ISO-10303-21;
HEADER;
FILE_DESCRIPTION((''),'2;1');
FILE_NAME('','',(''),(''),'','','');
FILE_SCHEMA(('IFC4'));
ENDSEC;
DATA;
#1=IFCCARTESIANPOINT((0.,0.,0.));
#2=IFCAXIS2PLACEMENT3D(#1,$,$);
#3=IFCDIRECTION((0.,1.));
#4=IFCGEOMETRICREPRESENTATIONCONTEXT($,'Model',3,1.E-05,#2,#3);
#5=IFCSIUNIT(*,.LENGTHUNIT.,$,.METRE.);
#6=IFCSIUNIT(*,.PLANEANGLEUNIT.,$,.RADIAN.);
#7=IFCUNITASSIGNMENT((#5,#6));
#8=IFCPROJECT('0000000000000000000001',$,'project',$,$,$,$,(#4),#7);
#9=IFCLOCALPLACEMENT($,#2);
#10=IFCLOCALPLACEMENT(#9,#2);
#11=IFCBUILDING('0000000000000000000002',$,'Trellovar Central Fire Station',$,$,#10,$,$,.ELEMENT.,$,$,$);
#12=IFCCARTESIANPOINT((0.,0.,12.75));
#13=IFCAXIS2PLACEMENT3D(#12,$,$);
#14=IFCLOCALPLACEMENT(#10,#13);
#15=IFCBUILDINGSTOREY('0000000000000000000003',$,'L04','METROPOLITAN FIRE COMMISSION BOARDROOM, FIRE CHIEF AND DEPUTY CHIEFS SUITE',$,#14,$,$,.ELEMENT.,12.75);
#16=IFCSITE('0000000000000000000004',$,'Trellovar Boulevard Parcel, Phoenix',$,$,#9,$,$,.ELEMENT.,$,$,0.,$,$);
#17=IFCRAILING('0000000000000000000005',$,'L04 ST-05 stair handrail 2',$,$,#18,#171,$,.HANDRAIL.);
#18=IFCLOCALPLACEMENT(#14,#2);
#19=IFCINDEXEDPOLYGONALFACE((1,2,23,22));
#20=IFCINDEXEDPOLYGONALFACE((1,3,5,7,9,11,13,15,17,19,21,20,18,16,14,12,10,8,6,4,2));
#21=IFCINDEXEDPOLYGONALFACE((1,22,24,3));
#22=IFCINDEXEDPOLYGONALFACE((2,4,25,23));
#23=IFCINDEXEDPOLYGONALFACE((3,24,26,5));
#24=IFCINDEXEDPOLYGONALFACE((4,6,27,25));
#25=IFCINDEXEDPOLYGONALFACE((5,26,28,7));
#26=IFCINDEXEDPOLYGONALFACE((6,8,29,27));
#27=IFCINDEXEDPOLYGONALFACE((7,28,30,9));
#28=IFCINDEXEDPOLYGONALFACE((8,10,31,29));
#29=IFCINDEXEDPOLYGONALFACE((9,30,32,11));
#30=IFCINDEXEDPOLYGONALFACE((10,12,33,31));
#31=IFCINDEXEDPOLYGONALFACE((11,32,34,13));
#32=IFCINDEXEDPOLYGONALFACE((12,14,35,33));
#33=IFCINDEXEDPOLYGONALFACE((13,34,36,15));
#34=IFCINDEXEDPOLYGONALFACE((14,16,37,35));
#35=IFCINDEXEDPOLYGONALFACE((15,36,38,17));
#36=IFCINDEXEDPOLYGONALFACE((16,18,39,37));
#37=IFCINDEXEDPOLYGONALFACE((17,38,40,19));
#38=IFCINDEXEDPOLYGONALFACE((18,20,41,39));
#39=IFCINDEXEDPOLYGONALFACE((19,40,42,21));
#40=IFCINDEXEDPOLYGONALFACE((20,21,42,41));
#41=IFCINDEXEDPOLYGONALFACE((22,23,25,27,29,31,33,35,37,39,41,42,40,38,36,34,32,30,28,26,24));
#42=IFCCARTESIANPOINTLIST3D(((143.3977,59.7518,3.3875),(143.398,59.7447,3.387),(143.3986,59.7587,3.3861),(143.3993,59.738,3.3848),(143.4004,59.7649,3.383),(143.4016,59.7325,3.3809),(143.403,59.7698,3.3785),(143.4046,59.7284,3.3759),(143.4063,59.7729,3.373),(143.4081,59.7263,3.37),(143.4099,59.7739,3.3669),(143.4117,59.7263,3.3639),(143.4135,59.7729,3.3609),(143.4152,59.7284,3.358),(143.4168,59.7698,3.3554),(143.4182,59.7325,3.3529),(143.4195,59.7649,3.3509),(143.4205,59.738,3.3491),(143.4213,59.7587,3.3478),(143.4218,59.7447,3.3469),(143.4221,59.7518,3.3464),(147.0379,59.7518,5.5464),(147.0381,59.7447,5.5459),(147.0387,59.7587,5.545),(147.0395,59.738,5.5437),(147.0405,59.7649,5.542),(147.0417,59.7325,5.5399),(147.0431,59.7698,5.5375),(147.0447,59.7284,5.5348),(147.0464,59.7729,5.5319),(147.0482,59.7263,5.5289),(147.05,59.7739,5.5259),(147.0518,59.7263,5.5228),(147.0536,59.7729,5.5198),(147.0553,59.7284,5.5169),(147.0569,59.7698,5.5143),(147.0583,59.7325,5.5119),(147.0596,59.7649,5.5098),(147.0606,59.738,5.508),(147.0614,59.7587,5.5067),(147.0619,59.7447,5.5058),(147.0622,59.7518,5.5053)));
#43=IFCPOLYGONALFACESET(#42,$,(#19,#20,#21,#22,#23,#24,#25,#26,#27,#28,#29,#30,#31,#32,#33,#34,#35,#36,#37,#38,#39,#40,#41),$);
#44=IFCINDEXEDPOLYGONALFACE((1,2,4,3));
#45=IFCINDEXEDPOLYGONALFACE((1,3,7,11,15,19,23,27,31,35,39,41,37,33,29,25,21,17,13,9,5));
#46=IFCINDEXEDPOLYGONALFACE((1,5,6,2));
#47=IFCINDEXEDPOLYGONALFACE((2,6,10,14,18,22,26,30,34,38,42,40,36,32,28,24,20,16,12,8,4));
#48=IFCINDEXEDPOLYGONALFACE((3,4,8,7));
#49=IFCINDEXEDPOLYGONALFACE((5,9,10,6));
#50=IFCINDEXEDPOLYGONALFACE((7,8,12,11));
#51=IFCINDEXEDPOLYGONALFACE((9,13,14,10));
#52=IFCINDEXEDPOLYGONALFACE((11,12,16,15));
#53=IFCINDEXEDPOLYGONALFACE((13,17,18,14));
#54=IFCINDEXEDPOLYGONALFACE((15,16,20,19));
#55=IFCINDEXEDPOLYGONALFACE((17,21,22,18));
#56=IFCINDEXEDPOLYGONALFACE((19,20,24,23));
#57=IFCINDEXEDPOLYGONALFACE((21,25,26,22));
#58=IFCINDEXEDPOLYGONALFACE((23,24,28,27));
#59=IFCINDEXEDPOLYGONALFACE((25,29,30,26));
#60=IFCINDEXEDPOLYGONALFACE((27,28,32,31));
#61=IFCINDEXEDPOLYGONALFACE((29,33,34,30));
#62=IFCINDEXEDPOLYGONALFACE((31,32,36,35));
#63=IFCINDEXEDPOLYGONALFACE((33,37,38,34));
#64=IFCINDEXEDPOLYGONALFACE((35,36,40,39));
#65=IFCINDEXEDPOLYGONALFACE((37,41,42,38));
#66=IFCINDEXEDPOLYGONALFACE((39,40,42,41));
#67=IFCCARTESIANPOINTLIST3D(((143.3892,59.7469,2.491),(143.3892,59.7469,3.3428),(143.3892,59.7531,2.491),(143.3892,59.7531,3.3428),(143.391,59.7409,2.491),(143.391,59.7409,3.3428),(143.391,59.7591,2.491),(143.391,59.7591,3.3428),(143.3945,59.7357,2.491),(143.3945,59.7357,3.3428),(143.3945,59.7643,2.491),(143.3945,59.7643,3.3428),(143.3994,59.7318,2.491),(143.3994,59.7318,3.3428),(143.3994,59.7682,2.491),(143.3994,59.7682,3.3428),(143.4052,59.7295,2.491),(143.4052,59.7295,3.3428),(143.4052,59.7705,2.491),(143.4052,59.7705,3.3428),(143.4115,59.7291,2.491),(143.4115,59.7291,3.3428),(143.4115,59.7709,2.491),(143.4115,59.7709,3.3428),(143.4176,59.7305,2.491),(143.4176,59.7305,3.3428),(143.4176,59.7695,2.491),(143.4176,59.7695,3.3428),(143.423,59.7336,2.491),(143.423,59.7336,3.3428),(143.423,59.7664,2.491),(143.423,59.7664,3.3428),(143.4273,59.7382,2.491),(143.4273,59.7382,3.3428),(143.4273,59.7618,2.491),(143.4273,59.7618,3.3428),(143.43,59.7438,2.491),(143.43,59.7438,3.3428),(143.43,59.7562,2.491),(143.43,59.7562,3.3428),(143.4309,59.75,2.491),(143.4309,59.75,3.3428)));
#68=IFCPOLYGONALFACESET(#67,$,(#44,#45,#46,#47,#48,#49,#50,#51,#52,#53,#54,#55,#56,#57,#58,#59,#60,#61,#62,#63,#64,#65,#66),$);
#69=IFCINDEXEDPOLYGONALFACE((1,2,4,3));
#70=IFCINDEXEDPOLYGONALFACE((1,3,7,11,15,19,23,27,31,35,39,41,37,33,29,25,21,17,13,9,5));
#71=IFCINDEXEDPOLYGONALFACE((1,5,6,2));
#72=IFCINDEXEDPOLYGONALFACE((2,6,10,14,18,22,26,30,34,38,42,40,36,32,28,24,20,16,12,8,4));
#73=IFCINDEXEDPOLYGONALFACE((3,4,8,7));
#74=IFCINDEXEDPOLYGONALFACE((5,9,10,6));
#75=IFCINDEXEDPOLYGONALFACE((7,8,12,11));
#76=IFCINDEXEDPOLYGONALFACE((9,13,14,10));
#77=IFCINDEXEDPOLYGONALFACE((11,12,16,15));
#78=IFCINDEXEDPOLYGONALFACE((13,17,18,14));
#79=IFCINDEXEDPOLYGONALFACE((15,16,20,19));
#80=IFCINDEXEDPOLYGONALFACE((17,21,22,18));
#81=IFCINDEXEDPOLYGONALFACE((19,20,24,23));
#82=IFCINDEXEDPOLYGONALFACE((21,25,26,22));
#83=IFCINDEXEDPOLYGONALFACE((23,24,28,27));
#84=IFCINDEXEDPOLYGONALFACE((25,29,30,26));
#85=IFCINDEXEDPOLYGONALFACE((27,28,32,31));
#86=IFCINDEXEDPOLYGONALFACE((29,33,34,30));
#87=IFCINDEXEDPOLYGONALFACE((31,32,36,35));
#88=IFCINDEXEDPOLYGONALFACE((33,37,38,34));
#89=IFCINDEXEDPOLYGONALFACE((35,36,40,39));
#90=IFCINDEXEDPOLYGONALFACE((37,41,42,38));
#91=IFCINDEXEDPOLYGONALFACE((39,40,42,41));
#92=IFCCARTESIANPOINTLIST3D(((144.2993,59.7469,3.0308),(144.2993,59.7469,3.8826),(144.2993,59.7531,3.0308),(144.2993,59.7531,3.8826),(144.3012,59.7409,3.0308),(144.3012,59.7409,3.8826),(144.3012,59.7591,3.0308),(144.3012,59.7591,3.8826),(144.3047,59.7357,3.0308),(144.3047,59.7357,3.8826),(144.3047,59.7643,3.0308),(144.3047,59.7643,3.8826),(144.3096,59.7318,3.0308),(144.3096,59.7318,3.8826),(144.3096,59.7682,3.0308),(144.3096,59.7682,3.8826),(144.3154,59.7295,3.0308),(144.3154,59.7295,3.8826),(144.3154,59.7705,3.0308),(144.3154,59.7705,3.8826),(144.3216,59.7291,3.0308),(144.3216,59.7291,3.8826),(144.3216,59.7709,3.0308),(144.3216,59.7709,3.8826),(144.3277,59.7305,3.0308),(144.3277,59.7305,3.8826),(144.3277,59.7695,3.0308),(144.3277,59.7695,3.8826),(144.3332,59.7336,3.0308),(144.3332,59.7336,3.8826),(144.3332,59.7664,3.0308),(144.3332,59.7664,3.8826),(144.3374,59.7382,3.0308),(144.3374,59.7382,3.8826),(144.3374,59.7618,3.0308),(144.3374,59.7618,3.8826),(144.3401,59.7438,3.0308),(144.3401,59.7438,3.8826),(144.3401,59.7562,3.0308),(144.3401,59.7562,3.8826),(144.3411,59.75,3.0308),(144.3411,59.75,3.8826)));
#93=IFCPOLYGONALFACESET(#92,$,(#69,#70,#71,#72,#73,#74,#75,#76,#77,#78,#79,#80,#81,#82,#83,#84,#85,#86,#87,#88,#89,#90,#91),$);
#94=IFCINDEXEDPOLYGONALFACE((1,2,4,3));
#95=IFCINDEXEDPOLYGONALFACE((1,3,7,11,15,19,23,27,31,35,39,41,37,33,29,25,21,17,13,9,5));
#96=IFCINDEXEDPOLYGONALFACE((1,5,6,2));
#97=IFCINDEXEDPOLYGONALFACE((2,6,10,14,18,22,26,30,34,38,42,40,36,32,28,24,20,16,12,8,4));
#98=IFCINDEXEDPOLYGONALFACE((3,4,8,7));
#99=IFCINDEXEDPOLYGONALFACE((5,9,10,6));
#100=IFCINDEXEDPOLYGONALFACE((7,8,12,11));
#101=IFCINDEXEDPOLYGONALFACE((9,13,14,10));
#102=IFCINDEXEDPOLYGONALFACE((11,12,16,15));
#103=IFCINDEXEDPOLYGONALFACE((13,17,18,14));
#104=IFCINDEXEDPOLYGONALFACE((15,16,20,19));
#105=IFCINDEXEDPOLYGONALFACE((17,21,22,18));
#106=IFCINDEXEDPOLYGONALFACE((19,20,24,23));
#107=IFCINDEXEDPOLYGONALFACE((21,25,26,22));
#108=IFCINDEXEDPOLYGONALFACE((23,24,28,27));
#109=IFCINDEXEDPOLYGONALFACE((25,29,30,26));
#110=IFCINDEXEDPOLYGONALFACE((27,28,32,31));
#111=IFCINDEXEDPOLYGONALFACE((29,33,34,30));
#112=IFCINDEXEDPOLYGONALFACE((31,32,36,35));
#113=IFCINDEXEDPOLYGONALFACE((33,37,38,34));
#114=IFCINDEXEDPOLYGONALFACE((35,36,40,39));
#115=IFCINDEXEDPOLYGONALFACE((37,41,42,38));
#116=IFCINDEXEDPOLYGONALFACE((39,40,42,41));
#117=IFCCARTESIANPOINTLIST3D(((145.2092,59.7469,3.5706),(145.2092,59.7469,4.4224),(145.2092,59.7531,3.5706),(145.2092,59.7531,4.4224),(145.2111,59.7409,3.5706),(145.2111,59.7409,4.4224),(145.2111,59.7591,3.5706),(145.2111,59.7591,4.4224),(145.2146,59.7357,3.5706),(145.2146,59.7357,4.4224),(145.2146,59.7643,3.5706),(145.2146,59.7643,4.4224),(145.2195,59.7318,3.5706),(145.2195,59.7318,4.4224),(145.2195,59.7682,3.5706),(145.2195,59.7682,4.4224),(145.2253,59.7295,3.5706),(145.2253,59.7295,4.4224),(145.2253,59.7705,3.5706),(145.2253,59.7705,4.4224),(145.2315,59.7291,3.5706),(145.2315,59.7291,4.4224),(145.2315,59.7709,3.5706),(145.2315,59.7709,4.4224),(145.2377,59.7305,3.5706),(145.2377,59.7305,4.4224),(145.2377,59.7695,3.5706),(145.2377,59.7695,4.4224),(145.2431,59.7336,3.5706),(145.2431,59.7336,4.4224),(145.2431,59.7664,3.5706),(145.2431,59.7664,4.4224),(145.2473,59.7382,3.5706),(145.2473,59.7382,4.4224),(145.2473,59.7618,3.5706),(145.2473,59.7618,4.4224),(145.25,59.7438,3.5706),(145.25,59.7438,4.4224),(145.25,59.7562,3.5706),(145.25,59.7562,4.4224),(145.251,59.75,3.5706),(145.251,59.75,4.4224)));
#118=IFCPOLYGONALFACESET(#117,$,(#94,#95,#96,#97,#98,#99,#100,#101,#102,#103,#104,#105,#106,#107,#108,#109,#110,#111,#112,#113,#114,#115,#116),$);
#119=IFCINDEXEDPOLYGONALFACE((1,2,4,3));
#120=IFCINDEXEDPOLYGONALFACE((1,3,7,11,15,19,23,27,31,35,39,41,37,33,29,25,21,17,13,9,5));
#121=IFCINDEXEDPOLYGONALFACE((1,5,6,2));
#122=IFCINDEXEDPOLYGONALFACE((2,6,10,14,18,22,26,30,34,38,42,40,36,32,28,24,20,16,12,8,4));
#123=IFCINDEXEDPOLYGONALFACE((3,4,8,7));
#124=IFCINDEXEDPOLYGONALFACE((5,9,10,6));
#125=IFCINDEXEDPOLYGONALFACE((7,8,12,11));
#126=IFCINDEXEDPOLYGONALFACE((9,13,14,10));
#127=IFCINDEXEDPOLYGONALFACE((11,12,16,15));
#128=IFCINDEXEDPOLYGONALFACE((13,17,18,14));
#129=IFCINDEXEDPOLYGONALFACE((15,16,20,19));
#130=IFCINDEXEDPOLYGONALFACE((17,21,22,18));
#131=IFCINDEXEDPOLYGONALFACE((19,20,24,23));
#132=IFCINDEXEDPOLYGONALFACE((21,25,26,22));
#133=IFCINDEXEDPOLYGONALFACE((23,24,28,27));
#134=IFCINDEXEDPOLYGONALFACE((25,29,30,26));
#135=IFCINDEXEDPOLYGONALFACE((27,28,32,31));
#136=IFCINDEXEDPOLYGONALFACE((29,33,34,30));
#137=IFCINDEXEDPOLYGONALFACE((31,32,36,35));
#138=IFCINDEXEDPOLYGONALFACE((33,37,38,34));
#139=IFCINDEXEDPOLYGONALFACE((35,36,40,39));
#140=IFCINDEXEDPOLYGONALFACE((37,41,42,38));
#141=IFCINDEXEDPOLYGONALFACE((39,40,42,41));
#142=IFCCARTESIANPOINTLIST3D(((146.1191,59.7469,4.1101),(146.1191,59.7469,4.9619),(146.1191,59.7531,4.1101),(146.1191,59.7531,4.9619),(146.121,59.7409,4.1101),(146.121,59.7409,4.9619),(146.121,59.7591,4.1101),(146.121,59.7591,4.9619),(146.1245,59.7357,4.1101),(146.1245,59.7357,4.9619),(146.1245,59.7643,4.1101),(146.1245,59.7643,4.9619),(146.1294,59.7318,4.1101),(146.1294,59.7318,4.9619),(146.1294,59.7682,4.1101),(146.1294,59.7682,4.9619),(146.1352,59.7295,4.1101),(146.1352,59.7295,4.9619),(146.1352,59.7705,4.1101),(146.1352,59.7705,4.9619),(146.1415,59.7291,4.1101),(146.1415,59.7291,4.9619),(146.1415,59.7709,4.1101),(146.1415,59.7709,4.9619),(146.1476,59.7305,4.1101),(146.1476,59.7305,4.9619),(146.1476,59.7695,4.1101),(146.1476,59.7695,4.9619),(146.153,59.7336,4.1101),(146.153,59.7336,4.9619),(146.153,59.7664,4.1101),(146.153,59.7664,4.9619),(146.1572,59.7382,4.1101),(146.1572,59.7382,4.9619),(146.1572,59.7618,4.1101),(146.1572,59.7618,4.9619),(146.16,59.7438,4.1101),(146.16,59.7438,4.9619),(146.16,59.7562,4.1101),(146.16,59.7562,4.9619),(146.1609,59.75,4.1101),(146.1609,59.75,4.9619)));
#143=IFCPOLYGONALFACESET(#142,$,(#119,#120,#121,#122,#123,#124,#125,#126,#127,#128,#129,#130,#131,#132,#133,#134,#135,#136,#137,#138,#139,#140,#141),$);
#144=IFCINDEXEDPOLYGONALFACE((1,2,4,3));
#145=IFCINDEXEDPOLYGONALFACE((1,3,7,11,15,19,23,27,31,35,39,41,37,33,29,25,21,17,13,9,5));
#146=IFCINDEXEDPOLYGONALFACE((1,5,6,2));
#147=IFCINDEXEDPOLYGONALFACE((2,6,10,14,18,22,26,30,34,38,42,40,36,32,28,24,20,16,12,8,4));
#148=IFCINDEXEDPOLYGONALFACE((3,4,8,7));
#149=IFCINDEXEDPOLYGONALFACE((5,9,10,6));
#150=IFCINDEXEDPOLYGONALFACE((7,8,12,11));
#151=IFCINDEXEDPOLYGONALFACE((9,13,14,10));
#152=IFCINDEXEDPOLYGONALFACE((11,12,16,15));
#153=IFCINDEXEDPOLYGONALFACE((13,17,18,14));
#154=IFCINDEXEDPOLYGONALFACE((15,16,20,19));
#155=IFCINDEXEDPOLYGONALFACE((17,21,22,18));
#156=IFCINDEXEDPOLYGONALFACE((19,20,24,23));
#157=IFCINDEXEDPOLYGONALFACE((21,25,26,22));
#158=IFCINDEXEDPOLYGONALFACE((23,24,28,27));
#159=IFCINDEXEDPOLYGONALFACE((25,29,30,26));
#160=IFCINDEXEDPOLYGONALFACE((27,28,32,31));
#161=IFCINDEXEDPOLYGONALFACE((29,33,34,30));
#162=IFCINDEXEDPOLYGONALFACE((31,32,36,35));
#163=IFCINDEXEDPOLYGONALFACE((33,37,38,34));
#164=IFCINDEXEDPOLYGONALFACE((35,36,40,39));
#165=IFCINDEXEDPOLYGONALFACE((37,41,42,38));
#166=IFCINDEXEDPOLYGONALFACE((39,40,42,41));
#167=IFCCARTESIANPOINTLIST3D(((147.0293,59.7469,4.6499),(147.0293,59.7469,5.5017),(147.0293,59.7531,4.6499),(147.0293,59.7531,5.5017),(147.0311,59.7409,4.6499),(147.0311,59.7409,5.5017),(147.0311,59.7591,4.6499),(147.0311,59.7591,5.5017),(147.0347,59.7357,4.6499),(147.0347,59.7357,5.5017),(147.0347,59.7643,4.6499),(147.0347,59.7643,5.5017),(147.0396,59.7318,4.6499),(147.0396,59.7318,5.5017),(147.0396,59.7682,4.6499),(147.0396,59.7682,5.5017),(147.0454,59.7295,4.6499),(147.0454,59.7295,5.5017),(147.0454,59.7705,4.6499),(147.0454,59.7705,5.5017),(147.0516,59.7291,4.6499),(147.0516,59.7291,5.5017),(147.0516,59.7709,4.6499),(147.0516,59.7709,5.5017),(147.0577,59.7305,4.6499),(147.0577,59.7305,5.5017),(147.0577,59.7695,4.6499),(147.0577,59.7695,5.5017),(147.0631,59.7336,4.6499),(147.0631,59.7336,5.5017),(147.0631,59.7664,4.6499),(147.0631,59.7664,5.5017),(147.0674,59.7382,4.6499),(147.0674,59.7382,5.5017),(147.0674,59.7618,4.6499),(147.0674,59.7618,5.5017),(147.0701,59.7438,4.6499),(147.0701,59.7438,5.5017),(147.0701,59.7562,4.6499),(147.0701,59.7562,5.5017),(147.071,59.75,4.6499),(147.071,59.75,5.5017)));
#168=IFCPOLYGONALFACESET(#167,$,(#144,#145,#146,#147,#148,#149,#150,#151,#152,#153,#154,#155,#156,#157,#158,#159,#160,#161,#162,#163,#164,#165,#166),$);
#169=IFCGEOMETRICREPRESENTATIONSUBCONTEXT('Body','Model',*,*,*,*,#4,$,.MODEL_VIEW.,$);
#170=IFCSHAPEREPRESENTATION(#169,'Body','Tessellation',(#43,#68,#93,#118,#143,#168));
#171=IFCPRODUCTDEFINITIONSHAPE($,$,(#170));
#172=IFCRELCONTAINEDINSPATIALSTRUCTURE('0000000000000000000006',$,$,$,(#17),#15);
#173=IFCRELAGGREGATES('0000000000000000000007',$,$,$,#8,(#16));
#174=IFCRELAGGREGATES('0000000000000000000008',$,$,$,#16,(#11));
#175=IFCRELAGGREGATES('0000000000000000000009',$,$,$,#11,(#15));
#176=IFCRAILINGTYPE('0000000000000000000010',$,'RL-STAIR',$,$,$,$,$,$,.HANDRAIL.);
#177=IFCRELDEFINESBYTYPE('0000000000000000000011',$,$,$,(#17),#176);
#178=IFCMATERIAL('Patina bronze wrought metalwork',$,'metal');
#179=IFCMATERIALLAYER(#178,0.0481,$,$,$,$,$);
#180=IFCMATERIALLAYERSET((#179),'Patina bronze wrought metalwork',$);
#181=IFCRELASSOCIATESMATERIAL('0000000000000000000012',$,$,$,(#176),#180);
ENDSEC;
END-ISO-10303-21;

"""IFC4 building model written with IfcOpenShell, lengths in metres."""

from ifc_helpers import new_model, si_unit, direction, frame, origin, origin_2d, place, context, subcontext, project, spatial, circle, extrude, material, layer, layer_set, type_object, element, save


model = new_model("IFC4")

# Units and contexts
model_context = context("Model", 3, precision=1e-05, world=origin(), true_north=direction((0.0, 1.0)))
body_context = subcontext(model_context, "Body", "Model", "MODEL_VIEW")
ifc_project = project(units=[si_unit("LENGTHUNIT", "METRE"), si_unit("PLANEANGLEUNIT", "RADIAN")], contexts=[model_context])

# Site, building, storey
site_placement = place(None, origin())
site = spatial("IfcSite", under=ifc_project, at=site_placement, Name="Trellovar Boulevard Parcel, Phoenix", CompositionType="ELEMENT", RefElevation=0.0)
building_placement = place(site_placement, origin())
building = spatial("IfcBuilding", under=site, at=building_placement, Name="Trellovar Central Fire Station", CompositionType="ELEMENT")
storey_placement = place(building_placement, frame((0.0, 0.0, 12.75)))
storey = spatial("IfcBuildingStorey", under=building, at=storey_placement, Name="L04", Description="METROPOLITAN FIRE COMMISSION BOARDROOM, FIRE CHIEF AND DEPUTY CHIEFS SUITE", CompositionType="ELEMENT", Elevation=12.75)

# Railing
ifc_material_1 = material(Name="Patina bronze wrought metalwork", Category="metal")
ifc_layer_1 = layer(ifc_material_1, 0.0481)
ifc_layer_set_1 = layer_set([ifc_layer_1], Name="Patina bronze wrought metalwork")
railing_type_1 = type_object("IfcRailingType", Name="RL-STAIR", PredefinedType="HANDRAIL", material=ifc_layer_set_1)
railing_1_placement = place(storey_placement, frame((143.4099, 59.75, 2.491)))
element("IfcRailing", 1, at=railing_1_placement, inside=storey, type_object=railing_type_1, Name="L04 ST-05 stair handrail 2", PredefinedType="HANDRAIL", context=body_context, shape_type="SweptSolid", body=[
    extrude(circle(Radius=0.0239, at=origin_2d()), frame((0.0, 0.0, 0.876), z_axis=(0.860103, 0.0, 0.51012), x_axis=(0.0, 1.0, 0.0)), (0.0, 0.0, 1.0), 4.2322),
    extrude(circle(Radius=0.021, at=origin_2d()), origin(), (0.0, 0.0, 1.0), 0.8518),
    extrude(circle(Radius=0.021, at=origin_2d()), frame((0.9102, 0.0, 0.5398)), (0.0, 0.0, 1.0), 0.8518),
    extrude(circle(Radius=0.021, at=origin_2d()), frame((1.8201, 0.0, 1.0796)), (0.0, 0.0, 1.0), 0.8518),
    extrude(circle(Radius=0.021, at=origin_2d()), frame((2.73, 0.0, 1.6191)), (0.0, 0.0, 1.0), 0.8518),
    extrude(circle(Radius=0.021, at=origin_2d()), frame((3.6401, 0.0, 2.1589)), (0.0, 0.0, 1.0), 0.8518),
])

save(model, "model.ifc")
